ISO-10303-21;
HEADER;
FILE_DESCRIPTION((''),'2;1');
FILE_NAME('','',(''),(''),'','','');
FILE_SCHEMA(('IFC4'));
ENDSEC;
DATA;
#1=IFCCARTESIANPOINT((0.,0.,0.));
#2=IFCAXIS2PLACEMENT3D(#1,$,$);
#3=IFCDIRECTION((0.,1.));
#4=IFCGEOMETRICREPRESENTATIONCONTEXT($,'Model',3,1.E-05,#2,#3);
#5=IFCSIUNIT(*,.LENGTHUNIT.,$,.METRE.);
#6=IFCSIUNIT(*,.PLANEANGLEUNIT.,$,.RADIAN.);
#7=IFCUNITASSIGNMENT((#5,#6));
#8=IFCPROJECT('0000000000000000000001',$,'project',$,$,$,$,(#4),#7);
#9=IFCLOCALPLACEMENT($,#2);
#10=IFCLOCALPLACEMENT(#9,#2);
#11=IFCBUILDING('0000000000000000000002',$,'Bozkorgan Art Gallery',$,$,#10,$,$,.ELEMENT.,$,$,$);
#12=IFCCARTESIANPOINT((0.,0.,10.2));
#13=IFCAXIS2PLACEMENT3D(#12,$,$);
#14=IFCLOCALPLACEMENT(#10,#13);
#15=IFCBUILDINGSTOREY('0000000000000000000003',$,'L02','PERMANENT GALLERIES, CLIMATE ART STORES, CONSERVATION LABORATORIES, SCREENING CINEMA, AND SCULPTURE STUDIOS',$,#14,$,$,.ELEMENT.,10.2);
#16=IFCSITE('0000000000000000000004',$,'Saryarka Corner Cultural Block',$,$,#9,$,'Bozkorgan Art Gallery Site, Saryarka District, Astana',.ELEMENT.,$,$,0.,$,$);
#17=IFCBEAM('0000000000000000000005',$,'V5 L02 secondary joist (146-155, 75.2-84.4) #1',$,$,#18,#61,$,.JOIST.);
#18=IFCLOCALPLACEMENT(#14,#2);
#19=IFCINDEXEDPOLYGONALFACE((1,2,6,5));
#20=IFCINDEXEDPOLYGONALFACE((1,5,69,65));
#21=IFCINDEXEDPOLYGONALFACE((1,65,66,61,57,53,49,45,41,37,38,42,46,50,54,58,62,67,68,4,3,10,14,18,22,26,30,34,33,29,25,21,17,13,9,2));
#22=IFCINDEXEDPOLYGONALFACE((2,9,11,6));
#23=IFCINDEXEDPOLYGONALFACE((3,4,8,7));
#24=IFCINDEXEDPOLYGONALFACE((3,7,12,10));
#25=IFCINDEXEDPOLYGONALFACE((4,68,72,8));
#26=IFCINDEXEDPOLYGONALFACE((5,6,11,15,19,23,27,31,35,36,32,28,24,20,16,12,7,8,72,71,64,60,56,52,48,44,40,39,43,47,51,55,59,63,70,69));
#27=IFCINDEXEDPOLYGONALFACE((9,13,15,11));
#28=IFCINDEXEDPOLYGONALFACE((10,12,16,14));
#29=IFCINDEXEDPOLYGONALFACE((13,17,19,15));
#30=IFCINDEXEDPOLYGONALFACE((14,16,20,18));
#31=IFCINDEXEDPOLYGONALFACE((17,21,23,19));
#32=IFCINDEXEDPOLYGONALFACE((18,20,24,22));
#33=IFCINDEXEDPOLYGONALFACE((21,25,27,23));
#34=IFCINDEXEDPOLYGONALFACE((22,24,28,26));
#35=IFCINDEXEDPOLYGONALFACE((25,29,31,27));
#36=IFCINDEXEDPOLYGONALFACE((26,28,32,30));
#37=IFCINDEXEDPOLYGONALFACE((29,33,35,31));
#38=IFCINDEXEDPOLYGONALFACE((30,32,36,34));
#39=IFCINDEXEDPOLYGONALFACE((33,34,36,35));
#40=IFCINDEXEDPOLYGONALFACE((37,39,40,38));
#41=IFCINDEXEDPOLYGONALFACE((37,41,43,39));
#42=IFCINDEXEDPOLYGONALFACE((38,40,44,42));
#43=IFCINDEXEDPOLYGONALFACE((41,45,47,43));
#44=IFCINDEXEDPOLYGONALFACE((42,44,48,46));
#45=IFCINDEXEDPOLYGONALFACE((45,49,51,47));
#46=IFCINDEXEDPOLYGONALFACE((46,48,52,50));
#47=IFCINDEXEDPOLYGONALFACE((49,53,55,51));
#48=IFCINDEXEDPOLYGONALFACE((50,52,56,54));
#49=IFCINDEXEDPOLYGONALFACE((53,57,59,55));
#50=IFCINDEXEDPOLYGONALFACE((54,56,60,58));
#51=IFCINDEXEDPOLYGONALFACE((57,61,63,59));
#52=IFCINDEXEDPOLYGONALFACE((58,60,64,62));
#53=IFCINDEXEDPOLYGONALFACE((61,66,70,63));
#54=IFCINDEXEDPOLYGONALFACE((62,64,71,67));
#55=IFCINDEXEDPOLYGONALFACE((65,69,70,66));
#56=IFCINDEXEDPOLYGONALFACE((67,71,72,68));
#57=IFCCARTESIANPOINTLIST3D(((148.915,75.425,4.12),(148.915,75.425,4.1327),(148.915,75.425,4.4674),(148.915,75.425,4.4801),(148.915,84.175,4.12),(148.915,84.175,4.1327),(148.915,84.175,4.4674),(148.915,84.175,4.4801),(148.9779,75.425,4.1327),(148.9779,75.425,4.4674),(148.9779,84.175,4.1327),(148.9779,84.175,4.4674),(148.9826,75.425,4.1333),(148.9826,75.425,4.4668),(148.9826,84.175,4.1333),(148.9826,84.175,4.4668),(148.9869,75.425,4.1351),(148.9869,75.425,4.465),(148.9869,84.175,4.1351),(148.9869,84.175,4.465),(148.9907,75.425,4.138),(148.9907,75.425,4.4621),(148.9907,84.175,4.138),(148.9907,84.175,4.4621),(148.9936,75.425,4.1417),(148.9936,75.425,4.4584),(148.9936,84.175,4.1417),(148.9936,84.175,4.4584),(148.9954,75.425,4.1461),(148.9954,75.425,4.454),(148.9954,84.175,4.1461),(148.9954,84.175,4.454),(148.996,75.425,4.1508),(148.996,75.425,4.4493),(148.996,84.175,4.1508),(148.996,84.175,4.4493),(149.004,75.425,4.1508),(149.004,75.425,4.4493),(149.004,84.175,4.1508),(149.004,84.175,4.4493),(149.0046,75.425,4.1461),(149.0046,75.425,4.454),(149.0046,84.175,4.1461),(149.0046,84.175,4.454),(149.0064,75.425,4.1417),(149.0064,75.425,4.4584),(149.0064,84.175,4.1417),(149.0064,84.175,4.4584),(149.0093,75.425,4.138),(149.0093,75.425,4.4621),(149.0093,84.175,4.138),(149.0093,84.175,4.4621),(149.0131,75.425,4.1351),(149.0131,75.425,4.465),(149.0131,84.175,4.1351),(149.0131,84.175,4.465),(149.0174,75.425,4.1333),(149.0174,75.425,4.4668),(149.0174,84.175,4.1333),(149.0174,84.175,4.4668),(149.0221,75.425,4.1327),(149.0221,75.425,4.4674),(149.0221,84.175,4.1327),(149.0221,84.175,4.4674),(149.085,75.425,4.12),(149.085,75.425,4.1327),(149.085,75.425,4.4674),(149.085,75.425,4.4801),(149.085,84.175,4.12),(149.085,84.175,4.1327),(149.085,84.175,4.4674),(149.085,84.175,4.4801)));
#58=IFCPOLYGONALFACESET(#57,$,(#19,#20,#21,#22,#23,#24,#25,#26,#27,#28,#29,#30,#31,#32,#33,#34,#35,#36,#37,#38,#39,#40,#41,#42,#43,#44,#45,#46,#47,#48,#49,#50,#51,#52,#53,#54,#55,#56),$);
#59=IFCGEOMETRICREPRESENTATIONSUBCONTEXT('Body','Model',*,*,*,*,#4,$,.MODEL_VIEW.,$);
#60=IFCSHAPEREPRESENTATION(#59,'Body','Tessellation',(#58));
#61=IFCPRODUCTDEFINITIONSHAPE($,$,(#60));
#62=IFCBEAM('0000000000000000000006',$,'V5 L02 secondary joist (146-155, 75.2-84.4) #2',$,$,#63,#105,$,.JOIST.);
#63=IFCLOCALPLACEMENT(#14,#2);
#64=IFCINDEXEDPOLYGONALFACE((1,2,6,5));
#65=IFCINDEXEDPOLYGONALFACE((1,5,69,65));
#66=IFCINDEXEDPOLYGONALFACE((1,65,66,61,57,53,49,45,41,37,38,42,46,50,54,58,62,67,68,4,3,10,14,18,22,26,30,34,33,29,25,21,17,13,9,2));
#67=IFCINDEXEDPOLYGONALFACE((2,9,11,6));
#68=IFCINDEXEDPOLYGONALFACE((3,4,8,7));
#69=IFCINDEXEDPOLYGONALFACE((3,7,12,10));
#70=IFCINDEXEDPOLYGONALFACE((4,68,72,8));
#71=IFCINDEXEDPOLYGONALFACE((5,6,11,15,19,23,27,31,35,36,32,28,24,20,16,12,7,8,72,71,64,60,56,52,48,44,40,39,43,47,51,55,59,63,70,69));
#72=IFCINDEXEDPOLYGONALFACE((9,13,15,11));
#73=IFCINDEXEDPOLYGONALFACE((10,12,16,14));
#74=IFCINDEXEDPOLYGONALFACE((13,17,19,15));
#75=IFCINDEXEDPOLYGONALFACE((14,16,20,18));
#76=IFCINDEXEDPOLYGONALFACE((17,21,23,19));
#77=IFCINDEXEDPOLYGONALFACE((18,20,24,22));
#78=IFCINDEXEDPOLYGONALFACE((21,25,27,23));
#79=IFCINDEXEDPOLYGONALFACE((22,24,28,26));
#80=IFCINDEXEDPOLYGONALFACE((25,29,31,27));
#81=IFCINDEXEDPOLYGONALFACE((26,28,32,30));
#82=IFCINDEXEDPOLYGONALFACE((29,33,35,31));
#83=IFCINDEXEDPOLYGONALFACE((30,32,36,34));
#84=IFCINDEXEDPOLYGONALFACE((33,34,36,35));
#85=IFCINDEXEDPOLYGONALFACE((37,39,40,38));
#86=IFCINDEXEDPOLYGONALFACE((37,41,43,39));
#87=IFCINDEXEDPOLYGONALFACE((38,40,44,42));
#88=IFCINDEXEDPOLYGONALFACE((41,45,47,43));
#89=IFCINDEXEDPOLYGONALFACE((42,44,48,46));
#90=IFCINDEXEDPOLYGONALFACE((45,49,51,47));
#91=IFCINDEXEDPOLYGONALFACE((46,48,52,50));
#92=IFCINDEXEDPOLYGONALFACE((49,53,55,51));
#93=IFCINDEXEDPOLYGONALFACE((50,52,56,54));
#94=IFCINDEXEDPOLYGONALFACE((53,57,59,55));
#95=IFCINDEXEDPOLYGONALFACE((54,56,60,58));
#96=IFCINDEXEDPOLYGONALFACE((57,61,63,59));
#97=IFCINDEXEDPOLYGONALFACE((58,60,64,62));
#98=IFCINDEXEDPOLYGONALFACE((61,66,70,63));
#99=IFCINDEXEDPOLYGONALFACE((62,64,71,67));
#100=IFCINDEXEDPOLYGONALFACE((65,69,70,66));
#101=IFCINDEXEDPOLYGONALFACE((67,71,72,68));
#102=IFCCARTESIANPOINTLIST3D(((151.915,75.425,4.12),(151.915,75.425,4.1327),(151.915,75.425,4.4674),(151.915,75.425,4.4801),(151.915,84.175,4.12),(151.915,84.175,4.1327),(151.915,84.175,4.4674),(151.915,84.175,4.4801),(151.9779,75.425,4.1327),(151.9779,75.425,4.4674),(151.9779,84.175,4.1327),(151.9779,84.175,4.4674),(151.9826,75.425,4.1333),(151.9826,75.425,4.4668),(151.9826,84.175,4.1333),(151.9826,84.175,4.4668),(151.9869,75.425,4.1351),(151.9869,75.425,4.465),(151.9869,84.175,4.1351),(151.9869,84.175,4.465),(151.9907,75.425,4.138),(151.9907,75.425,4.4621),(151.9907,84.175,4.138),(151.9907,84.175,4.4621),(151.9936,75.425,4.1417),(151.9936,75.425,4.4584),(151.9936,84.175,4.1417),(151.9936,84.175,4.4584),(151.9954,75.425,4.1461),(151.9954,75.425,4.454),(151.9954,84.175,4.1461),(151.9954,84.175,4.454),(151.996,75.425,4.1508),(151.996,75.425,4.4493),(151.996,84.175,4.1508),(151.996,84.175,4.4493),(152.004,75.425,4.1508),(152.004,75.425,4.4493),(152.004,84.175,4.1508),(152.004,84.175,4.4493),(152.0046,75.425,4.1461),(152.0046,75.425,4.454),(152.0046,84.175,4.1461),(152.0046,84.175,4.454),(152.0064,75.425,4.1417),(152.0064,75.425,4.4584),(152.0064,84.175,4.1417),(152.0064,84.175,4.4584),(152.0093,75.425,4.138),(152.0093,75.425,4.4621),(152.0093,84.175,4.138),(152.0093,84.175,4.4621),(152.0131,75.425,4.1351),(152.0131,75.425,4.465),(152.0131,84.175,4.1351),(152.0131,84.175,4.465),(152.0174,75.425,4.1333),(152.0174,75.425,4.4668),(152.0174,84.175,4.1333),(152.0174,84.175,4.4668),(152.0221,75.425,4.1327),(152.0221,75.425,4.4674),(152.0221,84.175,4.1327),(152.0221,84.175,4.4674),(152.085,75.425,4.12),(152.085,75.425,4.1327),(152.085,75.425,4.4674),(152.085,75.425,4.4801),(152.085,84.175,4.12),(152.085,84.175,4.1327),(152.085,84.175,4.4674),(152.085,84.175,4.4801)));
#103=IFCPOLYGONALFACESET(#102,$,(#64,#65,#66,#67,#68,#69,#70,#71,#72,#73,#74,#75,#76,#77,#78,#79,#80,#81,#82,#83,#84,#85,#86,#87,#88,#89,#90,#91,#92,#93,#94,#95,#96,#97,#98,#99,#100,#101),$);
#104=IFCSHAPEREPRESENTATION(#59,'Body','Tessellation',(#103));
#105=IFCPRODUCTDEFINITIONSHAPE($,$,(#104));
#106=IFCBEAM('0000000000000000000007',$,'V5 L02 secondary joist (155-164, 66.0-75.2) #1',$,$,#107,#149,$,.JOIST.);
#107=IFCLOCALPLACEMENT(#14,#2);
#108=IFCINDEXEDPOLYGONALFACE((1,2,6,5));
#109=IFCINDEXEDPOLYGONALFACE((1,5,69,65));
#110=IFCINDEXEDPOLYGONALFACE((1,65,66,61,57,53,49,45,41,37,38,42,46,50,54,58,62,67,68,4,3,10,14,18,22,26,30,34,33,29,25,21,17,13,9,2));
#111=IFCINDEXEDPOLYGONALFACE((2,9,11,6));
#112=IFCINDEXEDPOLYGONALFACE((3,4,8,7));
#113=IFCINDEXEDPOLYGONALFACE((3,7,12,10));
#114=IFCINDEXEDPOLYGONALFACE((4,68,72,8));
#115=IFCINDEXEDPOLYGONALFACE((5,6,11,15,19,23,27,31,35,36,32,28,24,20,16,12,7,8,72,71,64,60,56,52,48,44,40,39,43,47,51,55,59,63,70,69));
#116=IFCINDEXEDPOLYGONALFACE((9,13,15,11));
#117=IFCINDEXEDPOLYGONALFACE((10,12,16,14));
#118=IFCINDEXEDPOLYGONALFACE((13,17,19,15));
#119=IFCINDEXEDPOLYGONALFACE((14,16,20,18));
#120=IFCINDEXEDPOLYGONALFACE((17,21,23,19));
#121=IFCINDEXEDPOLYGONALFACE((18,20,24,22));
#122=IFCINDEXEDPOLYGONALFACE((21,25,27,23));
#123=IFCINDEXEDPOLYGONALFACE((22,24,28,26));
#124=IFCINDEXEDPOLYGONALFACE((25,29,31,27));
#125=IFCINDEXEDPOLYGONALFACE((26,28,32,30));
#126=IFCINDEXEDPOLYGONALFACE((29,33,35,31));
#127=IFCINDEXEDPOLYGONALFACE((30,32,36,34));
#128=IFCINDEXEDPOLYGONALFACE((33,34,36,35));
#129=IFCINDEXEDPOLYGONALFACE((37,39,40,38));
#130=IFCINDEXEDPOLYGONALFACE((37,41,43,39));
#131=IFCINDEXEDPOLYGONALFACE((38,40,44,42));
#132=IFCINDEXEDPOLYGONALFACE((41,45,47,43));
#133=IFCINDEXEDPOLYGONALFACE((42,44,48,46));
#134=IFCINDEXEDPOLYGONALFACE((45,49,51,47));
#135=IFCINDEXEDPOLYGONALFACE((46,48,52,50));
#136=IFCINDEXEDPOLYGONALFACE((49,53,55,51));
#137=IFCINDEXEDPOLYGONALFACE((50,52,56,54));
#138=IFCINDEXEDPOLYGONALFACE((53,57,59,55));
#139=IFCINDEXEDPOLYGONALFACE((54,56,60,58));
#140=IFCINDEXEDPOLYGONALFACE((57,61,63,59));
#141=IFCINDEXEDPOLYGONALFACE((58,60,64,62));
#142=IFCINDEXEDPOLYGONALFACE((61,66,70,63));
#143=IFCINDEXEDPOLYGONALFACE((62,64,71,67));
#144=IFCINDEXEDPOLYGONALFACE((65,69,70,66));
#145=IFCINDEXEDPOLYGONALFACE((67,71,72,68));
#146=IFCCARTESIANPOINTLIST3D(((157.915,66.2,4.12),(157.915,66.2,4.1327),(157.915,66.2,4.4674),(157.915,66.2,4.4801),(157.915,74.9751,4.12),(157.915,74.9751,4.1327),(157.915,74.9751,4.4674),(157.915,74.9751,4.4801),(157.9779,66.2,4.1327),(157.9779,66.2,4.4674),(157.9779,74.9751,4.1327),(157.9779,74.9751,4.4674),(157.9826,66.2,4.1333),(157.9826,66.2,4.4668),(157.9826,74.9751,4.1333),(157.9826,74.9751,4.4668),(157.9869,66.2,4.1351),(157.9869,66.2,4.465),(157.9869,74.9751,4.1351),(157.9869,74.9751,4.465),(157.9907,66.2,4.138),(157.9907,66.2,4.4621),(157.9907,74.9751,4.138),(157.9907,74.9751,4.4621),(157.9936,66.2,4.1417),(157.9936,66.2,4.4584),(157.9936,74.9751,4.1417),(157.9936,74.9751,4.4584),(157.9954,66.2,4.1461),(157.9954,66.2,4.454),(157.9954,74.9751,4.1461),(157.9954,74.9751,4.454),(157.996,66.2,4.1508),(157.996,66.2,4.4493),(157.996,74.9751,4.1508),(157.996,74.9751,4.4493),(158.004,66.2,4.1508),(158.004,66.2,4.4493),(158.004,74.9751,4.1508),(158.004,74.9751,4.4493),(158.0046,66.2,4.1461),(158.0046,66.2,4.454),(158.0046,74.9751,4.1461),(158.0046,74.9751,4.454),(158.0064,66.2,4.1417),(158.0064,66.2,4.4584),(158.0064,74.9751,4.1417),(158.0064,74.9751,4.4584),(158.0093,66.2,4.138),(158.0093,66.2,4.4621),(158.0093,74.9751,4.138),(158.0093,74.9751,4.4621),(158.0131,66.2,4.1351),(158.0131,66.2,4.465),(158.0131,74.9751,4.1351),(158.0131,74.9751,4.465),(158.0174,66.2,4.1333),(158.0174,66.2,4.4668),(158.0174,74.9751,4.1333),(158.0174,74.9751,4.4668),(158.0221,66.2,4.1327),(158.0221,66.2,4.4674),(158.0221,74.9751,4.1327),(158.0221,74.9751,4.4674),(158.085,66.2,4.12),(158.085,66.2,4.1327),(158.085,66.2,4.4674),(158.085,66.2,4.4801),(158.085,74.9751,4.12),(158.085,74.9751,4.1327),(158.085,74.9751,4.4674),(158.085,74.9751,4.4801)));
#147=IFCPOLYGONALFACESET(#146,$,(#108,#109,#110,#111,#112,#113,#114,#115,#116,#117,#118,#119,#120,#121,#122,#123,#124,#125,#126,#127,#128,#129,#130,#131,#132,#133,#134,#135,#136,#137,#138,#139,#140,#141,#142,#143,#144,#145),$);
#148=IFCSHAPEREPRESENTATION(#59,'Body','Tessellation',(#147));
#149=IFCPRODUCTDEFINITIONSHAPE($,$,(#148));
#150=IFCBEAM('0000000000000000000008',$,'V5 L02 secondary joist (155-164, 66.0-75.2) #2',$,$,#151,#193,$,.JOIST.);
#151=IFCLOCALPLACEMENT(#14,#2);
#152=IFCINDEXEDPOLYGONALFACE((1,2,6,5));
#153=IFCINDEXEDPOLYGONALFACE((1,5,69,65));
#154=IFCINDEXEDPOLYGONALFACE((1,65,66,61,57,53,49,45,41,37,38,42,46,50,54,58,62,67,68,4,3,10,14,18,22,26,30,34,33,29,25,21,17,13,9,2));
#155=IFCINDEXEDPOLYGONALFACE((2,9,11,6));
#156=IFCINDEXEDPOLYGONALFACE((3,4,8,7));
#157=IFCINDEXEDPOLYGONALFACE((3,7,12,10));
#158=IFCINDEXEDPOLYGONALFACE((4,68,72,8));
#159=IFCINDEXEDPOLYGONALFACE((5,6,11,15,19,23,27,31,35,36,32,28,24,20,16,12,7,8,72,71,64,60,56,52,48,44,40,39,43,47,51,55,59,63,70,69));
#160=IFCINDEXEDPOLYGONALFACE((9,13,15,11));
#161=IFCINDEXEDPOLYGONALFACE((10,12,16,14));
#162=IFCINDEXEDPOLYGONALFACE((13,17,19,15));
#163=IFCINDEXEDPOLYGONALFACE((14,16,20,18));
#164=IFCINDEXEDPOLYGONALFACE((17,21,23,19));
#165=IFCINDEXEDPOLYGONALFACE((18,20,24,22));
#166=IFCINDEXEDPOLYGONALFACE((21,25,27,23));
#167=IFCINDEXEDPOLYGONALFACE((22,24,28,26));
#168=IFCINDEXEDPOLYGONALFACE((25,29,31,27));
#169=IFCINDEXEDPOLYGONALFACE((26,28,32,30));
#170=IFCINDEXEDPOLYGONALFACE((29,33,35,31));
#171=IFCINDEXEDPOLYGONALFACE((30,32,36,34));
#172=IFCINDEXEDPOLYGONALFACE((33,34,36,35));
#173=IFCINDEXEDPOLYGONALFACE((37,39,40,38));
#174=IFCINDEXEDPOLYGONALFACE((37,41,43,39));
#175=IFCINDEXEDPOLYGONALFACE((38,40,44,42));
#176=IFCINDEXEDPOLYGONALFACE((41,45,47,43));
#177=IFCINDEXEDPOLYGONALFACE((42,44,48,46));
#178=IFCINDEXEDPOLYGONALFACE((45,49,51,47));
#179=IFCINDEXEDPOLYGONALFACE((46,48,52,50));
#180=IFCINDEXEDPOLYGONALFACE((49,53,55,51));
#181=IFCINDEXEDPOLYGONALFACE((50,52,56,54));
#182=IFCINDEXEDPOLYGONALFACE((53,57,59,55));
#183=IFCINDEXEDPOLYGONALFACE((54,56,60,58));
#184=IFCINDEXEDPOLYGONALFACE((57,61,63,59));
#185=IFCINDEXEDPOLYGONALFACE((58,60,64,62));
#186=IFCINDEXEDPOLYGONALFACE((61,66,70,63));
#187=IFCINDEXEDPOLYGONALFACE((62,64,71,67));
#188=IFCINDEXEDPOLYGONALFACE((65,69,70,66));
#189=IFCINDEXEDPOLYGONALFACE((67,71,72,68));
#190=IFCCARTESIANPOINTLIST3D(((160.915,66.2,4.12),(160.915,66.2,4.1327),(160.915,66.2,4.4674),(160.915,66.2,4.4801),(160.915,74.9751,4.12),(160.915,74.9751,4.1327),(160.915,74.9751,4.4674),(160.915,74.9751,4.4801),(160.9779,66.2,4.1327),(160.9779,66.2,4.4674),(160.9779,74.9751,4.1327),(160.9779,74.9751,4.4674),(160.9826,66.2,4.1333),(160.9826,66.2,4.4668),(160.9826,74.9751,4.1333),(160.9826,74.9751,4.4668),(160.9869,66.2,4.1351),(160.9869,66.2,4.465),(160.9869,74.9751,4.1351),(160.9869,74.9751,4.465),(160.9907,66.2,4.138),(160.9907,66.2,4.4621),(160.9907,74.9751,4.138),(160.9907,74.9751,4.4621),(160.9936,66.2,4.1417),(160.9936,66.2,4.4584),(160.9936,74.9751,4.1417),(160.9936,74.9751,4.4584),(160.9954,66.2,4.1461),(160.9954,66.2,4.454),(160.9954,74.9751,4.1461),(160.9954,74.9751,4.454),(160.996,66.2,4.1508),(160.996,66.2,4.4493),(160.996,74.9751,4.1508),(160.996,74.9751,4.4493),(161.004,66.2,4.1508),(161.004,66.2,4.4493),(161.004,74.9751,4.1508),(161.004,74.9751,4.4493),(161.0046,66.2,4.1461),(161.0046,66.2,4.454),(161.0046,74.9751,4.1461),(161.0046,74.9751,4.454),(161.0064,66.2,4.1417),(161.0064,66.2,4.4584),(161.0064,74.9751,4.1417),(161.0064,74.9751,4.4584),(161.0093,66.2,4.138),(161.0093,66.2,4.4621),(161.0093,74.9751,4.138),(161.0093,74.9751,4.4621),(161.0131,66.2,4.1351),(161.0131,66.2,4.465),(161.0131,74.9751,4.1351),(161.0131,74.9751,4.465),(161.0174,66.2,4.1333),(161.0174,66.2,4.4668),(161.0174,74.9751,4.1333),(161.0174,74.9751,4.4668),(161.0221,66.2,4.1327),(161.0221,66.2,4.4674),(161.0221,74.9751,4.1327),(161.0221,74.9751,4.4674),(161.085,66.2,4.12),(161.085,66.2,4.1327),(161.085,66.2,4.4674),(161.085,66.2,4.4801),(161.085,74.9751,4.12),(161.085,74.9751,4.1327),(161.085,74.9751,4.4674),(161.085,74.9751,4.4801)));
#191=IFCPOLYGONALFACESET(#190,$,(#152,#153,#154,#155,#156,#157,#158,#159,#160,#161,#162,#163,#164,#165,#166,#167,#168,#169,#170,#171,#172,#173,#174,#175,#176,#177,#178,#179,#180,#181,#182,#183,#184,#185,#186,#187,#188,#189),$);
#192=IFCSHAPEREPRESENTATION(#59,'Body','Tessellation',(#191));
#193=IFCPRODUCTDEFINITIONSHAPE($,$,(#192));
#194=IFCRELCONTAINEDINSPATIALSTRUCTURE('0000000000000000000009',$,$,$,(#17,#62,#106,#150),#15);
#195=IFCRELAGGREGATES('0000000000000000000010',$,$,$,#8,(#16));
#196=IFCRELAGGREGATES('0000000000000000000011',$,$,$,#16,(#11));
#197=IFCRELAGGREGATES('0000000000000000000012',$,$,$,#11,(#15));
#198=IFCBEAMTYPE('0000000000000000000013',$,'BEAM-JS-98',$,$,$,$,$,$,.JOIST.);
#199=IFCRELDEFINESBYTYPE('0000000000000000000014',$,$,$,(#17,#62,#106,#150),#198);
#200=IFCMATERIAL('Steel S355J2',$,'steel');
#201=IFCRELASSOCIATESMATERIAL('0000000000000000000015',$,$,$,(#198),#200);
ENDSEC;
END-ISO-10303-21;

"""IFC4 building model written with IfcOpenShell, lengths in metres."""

from ifc_helpers import new_model, si_unit, direction, frame, origin, origin_2d, place, context, subcontext, project, spatial, i_section, extrude, material, material_profile, profile_set, type_object, element, save


model = new_model("IFC4")

# Units and contexts
model_context = context("Model", 3, precision=1e-05, world=origin(), true_north=direction((0.0, 1.0)))
body_context = subcontext(model_context, "Body", "Model", "MODEL_VIEW")
ifc_project = project(units=[si_unit("LENGTHUNIT", "METRE"), si_unit("PLANEANGLEUNIT", "RADIAN")], contexts=[model_context])

# Site, building, storey
site_placement = place(None, origin())
site = spatial("IfcSite", under=ifc_project, at=site_placement, Name="Saryarka Corner Cultural Block", LongName="Bozkorgan Art Gallery Site, Saryarka District, Astana", CompositionType="ELEMENT", RefElevation=0.0)
building_placement = place(site_placement, origin())
building = spatial("IfcBuilding", under=site, at=building_placement, Name="Bozkorgan Art Gallery", CompositionType="ELEMENT")
storey_placement = place(building_placement, frame((0.0, 0.0, 10.2)))
storey = spatial("IfcBuildingStorey", under=building, at=storey_placement, Name="L02", Description="PERMANENT GALLERIES, CLIMATE ART STORES, CONSERVATION LABORATORIES, SCREENING CINEMA, AND SCULPTURE STUDIOS", CompositionType="ELEMENT", Elevation=10.2)

# Beams
ifc_material_1 = material(Name="Steel S355J2", Category="steel")
ifc_material_profile_1 = material_profile(ifc_material_1, i_section(OverallWidth=0.1699, OverallDepth=0.3601, WebThickness=0.0081, FlangeThickness=0.0127, FilletRadius=0.0181, at=origin_2d()), Name="IPE 360")
ifc_profile_set_1 = profile_set([ifc_material_profile_1], Name="Steel S355J2")
beam_type_1 = type_object("IfcBeamType", Name="BEAM-JS-98", PredefinedType="JOIST", material=ifc_profile_set_1)
for number, where, z_axis, x_axis, name in (
    (1, (149.0, 75.425, 4.3), (0.0, 1.0, 0.0), (-1.0, 0.0, 0.0), "V5 L02 secondary joist (146-155, 75.2-84.4) #1"),
    (2, (152.0, 75.425, 4.3), (0.0, 1.0, 0.0), (-1.0, 0.0, 0.0), "V5 L02 secondary joist (146-155, 75.2-84.4) #2"),
):
    element("IfcBeam", number, at=place(storey_placement, frame(where, z_axis=z_axis, x_axis=x_axis)), inside=storey, type_object=beam_type_1, Name=name, PredefinedType="JOIST", context=body_context, shape_type="SweptSolid", body=[
        extrude(i_section(OverallWidth=0.1699, OverallDepth=0.3601, WebThickness=0.0081, FlangeThickness=0.0127, FilletRadius=0.0181, at=origin_2d()), origin(), (0.0, 0.0, 1.0), 8.75),
    ])
for number, where, z_axis, x_axis, name in (
    (3, (158.0, 66.2, 4.3), (0.0, 1.0, 0.0), (-1.0, 0.0, 0.0), "V5 L02 secondary joist (155-164, 66.0-75.2) #1"),
    (4, (161.0, 66.2, 4.3), (0.0, 1.0, 0.0), (-1.0, 0.0, 0.0), "V5 L02 secondary joist (155-164, 66.0-75.2) #2"),
):
    element("IfcBeam", number, at=place(storey_placement, frame(where, z_axis=z_axis, x_axis=x_axis)), inside=storey, type_object=beam_type_1, Name=name, PredefinedType="JOIST", context=body_context, shape_type="SweptSolid", body=[
        extrude(i_section(OverallWidth=0.1699, OverallDepth=0.3601, WebThickness=0.0081, FlangeThickness=0.0127, FilletRadius=0.0181, at=origin_2d()), origin(), (0.0, 0.0, 1.0), 8.7751),
    ])

save(model, "model.ifc")
